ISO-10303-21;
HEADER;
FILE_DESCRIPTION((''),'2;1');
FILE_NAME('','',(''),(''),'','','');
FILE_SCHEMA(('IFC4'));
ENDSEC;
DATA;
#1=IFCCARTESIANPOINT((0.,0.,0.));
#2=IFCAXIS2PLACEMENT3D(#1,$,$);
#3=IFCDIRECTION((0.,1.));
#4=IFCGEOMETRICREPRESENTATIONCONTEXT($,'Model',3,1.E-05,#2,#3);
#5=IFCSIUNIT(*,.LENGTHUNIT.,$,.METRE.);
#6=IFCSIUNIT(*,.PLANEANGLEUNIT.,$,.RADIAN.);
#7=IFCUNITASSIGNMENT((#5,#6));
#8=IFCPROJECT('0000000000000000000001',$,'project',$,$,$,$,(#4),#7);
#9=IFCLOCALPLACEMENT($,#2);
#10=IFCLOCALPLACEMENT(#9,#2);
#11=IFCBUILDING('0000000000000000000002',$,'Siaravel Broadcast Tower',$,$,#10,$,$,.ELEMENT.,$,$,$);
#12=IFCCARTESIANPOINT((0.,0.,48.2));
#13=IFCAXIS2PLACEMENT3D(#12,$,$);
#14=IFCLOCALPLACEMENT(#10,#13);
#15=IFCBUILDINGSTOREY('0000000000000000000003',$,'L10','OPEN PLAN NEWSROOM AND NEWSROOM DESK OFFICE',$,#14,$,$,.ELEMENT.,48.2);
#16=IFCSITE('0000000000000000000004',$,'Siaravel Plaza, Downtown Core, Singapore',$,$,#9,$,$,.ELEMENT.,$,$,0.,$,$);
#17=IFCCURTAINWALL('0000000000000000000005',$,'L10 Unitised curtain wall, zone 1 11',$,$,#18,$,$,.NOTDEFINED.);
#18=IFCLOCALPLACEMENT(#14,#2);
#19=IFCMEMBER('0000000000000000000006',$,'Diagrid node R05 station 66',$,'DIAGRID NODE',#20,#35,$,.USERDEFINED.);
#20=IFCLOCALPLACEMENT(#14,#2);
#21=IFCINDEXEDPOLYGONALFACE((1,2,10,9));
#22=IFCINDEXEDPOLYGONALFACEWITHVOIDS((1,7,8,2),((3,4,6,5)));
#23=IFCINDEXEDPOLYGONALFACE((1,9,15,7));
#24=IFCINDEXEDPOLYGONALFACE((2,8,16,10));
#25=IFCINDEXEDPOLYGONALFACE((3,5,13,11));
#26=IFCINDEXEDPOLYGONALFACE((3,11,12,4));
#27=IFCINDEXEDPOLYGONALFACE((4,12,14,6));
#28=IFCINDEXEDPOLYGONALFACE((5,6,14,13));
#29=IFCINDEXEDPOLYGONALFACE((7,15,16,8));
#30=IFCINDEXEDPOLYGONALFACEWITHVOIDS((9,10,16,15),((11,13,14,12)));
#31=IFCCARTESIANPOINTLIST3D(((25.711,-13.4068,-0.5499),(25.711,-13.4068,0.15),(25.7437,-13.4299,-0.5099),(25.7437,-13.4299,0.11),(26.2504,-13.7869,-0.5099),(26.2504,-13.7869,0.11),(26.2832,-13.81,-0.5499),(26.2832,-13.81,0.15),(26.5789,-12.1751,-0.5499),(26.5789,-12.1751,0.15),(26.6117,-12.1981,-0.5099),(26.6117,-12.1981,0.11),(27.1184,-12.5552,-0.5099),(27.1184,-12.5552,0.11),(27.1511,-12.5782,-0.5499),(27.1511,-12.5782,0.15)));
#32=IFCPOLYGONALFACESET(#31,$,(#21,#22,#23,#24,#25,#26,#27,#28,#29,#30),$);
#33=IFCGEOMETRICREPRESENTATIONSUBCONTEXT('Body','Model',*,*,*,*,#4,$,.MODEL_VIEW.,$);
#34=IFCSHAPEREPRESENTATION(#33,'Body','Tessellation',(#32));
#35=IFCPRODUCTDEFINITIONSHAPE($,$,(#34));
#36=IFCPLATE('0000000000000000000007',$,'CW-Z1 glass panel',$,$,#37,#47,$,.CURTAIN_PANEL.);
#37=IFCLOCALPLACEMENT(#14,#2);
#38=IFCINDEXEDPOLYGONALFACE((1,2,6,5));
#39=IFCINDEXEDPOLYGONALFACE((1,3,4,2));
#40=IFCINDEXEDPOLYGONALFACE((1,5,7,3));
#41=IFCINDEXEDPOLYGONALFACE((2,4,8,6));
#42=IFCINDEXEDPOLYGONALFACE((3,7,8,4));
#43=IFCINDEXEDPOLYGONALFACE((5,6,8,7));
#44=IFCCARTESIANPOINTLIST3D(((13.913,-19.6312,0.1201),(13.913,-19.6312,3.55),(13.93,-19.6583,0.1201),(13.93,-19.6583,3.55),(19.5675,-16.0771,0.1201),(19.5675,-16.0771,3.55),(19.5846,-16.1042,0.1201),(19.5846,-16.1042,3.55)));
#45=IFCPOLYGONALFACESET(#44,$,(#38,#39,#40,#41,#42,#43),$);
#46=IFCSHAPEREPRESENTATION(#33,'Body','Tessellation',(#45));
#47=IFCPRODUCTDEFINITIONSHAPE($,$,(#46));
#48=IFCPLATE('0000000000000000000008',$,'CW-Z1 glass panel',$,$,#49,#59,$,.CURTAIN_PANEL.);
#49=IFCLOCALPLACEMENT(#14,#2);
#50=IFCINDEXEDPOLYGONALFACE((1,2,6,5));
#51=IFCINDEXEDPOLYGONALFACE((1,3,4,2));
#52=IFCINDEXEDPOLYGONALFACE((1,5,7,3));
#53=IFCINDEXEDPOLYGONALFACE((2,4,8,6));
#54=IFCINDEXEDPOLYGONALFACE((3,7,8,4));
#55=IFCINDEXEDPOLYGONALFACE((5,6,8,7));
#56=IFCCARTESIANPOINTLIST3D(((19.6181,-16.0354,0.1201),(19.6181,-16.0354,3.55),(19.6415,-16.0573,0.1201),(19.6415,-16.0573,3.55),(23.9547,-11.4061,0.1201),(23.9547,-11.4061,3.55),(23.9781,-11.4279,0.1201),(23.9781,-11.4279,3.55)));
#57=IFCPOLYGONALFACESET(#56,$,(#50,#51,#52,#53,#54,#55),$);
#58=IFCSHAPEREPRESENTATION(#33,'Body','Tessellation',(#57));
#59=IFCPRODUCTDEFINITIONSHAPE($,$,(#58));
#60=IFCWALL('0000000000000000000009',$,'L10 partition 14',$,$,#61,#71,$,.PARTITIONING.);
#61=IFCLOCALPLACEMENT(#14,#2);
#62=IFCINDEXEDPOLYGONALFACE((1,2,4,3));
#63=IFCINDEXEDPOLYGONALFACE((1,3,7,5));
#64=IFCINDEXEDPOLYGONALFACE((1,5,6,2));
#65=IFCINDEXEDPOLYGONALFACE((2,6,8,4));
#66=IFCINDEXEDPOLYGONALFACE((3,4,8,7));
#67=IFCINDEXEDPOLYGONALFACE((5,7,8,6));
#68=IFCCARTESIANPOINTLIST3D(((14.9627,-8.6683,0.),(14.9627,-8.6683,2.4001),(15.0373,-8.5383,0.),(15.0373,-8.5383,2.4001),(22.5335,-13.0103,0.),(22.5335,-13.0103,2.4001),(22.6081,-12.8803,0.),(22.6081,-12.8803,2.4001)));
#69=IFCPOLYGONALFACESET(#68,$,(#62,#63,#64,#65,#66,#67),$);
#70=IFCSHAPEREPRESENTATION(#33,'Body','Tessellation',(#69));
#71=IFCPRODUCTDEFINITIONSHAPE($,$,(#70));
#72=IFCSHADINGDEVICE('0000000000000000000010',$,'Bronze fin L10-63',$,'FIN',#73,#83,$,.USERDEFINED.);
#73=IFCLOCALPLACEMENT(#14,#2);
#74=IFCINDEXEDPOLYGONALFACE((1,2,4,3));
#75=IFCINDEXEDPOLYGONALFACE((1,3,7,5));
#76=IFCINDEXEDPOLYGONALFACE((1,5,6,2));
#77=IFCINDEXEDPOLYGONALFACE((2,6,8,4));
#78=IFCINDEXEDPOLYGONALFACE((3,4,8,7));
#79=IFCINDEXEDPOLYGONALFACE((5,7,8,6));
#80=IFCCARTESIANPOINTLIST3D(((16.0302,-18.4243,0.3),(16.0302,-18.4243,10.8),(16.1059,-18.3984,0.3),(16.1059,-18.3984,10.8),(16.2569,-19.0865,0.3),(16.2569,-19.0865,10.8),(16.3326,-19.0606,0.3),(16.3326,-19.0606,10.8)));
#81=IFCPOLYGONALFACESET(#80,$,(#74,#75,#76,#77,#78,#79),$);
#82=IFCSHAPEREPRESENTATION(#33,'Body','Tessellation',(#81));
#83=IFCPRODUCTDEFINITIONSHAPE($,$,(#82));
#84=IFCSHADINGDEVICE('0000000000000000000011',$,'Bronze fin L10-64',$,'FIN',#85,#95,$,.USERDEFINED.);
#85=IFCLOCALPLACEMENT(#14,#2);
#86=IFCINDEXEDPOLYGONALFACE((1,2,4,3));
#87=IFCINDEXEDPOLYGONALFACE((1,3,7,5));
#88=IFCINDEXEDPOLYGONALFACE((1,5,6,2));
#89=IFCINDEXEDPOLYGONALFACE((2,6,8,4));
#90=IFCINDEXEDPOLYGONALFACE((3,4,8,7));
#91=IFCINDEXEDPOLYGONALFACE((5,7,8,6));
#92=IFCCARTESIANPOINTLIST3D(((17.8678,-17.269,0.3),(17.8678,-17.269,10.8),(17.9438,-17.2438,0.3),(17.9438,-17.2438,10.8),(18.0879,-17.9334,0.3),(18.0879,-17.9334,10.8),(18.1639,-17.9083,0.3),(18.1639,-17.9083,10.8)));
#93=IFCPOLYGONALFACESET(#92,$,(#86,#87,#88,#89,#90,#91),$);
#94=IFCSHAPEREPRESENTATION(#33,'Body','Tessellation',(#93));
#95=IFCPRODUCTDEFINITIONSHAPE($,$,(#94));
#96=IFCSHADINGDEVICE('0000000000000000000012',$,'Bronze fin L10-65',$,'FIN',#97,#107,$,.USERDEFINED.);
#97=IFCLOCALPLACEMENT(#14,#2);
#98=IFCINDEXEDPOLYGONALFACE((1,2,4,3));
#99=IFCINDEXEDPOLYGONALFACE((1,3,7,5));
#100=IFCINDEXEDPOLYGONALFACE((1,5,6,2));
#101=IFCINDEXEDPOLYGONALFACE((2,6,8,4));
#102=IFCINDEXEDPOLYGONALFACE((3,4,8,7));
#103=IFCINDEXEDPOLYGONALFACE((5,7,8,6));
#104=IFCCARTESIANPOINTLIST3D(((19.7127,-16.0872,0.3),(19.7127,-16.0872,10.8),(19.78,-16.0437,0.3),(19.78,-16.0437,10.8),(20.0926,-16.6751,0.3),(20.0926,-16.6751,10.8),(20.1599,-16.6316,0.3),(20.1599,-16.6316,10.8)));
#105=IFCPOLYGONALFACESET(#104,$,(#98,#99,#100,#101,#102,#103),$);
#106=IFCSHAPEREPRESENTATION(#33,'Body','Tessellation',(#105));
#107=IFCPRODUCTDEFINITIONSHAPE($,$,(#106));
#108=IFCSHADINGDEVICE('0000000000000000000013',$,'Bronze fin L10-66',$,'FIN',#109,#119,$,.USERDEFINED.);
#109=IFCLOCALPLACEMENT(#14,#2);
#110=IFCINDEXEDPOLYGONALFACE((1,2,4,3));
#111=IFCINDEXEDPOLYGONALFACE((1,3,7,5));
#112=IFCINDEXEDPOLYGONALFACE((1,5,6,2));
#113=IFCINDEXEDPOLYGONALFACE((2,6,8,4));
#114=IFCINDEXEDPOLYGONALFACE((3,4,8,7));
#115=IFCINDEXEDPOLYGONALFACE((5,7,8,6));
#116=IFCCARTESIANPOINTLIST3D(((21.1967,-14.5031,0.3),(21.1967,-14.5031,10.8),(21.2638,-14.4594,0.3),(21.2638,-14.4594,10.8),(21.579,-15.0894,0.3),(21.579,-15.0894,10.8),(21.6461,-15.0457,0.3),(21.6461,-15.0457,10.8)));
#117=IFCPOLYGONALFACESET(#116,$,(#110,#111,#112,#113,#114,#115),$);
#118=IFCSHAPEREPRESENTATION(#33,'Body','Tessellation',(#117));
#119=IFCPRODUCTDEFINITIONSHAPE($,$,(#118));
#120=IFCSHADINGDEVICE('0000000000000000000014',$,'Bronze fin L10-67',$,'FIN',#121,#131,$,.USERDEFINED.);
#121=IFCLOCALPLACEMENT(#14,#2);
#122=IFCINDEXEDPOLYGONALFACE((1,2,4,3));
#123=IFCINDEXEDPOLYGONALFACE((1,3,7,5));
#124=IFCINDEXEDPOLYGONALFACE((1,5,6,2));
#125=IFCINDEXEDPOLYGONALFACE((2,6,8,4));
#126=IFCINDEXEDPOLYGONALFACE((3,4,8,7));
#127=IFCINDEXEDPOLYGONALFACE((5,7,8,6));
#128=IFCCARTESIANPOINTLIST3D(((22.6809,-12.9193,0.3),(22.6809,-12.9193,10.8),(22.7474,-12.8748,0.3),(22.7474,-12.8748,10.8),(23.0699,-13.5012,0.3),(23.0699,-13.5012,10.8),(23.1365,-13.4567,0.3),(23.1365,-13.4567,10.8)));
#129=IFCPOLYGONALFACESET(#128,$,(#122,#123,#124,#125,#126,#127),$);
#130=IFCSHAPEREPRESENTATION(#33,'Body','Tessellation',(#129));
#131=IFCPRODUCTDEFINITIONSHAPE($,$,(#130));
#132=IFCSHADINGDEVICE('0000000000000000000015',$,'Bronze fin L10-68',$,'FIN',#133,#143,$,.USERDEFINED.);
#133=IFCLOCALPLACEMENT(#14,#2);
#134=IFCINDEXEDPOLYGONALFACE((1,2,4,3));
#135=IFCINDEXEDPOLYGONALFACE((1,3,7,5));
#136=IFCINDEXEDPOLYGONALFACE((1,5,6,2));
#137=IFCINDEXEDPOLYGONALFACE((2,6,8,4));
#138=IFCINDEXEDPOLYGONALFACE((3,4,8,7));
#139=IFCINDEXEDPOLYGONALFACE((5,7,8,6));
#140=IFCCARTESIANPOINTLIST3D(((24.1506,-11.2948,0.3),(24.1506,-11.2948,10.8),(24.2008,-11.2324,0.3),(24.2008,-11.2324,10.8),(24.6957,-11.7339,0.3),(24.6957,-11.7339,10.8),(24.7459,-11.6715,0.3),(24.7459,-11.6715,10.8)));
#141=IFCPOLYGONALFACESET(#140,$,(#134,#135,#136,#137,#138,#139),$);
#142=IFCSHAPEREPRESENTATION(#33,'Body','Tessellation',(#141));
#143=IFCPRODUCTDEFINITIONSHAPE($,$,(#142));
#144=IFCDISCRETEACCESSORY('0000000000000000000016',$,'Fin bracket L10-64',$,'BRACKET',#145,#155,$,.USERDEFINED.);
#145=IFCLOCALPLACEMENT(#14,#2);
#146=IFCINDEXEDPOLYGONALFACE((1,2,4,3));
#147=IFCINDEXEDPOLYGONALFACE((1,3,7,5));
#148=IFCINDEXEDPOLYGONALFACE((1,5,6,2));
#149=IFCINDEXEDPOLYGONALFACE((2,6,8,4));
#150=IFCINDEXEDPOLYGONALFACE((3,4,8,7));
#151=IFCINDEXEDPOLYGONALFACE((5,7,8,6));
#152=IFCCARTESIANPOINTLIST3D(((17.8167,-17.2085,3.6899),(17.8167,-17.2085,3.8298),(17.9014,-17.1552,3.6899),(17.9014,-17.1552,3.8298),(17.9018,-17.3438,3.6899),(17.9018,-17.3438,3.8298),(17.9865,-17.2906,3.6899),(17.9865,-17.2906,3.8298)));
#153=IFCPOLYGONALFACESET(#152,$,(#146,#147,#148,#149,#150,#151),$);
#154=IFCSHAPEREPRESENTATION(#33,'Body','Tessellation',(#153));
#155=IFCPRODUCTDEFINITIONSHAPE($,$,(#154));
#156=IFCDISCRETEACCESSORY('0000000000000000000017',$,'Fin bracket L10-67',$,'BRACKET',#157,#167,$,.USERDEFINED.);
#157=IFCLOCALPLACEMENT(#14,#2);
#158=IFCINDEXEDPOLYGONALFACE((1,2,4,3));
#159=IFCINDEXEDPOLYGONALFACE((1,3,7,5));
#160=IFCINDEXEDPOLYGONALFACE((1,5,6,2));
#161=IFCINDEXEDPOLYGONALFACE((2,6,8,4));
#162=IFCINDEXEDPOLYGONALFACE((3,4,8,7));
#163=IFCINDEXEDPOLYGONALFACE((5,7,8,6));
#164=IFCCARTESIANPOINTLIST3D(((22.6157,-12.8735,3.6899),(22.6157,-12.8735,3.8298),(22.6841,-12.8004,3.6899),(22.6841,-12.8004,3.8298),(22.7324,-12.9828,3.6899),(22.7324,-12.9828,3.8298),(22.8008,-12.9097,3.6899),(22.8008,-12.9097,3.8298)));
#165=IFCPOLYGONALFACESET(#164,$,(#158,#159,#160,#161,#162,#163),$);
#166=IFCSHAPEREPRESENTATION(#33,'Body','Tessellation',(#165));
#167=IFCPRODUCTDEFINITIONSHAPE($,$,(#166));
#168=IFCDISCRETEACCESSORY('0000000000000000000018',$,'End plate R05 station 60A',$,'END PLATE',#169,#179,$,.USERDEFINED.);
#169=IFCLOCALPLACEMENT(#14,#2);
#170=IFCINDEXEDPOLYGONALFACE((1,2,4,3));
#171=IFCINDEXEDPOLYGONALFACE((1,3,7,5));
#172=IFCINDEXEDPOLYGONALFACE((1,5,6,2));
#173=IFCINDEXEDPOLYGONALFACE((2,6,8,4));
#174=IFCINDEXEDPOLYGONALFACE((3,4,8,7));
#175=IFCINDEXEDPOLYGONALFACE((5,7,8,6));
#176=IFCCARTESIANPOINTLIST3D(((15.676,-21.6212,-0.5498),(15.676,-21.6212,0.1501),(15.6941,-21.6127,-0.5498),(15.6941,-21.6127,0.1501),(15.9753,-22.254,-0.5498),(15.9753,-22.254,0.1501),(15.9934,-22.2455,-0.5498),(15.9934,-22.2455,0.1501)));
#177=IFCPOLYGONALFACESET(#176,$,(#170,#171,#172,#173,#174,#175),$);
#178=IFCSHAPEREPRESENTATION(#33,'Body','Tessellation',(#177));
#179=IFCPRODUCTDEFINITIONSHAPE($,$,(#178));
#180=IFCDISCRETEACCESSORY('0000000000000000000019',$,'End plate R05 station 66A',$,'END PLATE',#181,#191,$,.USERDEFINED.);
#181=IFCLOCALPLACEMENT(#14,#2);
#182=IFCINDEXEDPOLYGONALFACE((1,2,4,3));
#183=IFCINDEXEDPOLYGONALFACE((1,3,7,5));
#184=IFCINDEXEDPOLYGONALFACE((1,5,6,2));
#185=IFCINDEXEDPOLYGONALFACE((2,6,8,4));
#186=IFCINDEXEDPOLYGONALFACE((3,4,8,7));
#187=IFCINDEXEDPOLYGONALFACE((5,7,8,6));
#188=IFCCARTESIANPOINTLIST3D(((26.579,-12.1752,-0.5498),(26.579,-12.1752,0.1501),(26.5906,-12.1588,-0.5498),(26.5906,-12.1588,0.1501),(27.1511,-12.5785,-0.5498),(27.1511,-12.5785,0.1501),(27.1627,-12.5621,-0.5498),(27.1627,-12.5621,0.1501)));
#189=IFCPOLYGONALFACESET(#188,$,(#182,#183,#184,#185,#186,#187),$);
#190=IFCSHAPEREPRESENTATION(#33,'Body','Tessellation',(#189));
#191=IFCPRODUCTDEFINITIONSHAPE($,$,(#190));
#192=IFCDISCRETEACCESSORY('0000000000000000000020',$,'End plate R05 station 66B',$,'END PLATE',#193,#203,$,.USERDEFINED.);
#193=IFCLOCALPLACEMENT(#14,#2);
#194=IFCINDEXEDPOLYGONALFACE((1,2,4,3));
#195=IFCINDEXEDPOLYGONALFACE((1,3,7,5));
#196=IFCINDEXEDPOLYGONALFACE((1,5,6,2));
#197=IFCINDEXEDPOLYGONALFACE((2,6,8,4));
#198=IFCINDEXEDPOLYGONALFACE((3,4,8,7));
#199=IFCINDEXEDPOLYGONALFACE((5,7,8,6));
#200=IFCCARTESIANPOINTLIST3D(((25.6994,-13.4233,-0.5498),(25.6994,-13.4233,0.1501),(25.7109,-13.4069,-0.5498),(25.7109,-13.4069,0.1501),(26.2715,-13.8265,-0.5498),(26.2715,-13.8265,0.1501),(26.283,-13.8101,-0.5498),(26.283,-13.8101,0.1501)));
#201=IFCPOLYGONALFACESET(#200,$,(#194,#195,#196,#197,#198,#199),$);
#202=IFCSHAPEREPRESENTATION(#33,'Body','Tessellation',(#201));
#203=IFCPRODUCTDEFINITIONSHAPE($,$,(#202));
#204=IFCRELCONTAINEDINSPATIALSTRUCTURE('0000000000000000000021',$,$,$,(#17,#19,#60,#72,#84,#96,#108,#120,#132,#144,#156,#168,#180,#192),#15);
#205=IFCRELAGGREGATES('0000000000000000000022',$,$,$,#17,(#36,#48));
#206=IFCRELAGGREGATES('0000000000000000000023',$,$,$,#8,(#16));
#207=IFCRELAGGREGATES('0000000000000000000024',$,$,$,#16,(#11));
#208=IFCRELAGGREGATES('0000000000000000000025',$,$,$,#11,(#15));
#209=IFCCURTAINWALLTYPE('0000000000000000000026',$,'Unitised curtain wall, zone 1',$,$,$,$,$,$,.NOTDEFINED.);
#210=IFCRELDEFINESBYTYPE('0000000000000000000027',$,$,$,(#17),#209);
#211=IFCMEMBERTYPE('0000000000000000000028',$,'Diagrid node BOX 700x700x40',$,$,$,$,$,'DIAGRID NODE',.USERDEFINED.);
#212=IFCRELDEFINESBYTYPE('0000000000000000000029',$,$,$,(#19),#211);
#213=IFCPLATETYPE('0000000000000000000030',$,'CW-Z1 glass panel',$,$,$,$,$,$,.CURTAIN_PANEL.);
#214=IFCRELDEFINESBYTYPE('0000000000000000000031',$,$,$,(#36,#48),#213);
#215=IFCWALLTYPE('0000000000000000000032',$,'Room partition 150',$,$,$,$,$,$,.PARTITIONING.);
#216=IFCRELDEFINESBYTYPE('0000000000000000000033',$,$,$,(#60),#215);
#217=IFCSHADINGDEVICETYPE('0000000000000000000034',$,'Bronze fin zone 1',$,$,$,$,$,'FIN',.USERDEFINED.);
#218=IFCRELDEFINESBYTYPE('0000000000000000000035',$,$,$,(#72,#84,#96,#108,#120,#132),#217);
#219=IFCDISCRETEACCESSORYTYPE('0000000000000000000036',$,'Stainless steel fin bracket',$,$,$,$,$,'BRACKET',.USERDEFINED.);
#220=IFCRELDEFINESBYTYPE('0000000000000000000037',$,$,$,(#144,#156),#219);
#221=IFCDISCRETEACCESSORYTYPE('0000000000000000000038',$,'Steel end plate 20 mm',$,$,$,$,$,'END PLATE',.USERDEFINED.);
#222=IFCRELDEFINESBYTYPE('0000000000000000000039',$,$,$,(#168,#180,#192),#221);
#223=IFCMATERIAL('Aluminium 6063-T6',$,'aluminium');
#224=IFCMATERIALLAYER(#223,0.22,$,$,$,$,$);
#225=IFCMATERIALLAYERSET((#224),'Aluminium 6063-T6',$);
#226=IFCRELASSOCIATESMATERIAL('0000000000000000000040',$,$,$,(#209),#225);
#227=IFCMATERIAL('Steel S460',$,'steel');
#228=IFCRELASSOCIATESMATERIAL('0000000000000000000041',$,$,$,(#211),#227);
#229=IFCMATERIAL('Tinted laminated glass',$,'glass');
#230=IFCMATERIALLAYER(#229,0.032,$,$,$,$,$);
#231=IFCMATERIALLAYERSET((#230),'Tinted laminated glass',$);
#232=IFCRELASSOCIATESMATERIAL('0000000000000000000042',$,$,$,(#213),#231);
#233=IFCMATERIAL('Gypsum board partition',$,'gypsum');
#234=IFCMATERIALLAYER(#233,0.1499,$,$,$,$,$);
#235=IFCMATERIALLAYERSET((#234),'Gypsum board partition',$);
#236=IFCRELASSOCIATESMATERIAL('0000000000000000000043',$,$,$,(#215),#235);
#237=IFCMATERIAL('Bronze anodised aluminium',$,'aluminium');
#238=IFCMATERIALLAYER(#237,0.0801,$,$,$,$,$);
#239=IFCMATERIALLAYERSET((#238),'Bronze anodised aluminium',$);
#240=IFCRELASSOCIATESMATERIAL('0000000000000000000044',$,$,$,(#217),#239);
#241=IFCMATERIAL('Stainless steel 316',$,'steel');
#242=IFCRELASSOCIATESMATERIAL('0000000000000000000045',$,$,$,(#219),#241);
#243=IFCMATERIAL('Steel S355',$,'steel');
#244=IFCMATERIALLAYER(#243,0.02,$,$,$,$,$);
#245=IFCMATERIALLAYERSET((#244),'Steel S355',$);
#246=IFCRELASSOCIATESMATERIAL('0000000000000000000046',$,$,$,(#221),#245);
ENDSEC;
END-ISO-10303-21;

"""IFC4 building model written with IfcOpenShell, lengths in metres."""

from ifc_helpers import new_model, si_unit, direction, frame, frame_2d, origin, origin_2d, place, context, subcontext, project, spatial, rectangle, hollow_rectangle, extrude, material, layer, layer_set, material_profile, profile_set, type_object, element, aggregate, save


model = new_model("IFC4")

# Units and contexts
model_context = context("Model", 3, precision=1e-05, world=origin(), true_north=direction((0.0, 1.0)))
body_context = subcontext(model_context, "Body", "Model", "MODEL_VIEW")
ifc_project = project(units=[si_unit("LENGTHUNIT", "METRE"), si_unit("PLANEANGLEUNIT", "RADIAN")], contexts=[model_context])

# Site, building, storey
site_placement = place(None, origin())
site = spatial("IfcSite", under=ifc_project, at=site_placement, Name="Siaravel Plaza, Downtown Core, Singapore", CompositionType="ELEMENT", RefElevation=0.0)
building_placement = place(site_placement, origin())
building = spatial("IfcBuilding", under=site, at=building_placement, Name="Siaravel Broadcast Tower", CompositionType="ELEMENT")
storey_placement = place(building_placement, frame((0.0, 0.0, 48.2)))
storey = spatial("IfcBuildingStorey", under=building, at=storey_placement, Name="L10", Description="OPEN PLAN NEWSROOM AND NEWSROOM DESK OFFICE", CompositionType="ELEMENT", Elevation=48.2)

# Shared definitions
ifc_material_1 = material(Name="Steel S355", Category="steel")

# Curtain wall
ifc_material_2 = material(Name="Aluminium 6063-T6", Category="aluminium")
ifc_layer_1 = layer(ifc_material_2, 0.22)
ifc_layer_set_1 = layer_set([ifc_layer_1], Name="Aluminium 6063-T6")
curtain_wall_type = type_object("IfcCurtainWallType", Name="Unitised curtain wall, zone 1", PredefinedType="NOTDEFINED", material=ifc_layer_set_1)
curtain_wall_1_placement = place(storey_placement, origin())
curtain_wall_1 = element("IfcCurtainWall", 1, at=curtain_wall_1_placement, inside=storey, type_object=curtain_wall_type, Name="L10 Unitised curtain wall, zone 1 11", PredefinedType="NOTDEFINED")

# Member
ifc_material_3 = material(Name="Steel S460", Category="steel")
ifc_material_profile_1 = material_profile(ifc_material_3, hollow_rectangle(XDim=0.7, YDim=0.7, WallThickness=0.04, at=origin_2d()))
ifc_profile_set_1 = profile_set([ifc_material_profile_1], Name="Steel S460")
member_type_1 = type_object("IfcMemberType", Name="Diagrid node BOX 700x700x40", ElementType="DIAGRID NODE", PredefinedType="USERDEFINED", material=ifc_profile_set_1)
member_1_placement = place(storey_placement, frame((25.9971, -13.6084, -0.2), z_axis=(0.576015, 0.817439, 0.0), x_axis=(-0.817439, 0.576015, 0.0)))
element("IfcMember", 2, at=member_1_placement, inside=storey, type_object=member_type_1, Name="Diagrid node R05 station 66", ObjectType="DIAGRID NODE", PredefinedType="USERDEFINED", context=body_context, shape_type="SweptSolid", body=[
    extrude(hollow_rectangle(XDim=0.7, YDim=0.7, WallThickness=0.04, at=origin_2d()), origin(), (0.0, 0.0, 1.0), 1.5068),
])

# Plates
ifc_material_4 = material(Name="Tinted laminated glass", Category="glass")
ifc_layer_2 = layer(ifc_material_4, 0.032)
ifc_layer_set_2 = layer_set([ifc_layer_2], Name="Tinted laminated glass")
plate_type = type_object("IfcPlateType", Name="CW-Z1 glass panel", PredefinedType="CURTAIN_PANEL", material=ifc_layer_set_2)
plate_1_placement = place(storey_placement, frame((16.7488, -17.8677, 0.1201), z_axis=(0.0, 0.0, 1.0), x_axis=(0.846651, 0.532149, 0.0)))
plate_1 = element("IfcPlate", 3, at=plate_1_placement, type_object=plate_type, Name="CW-Z1 glass panel", PredefinedType="CURTAIN_PANEL", context=body_context, shape_type="SweptSolid", body=[
    extrude(rectangle(XDim=6.6787, YDim=0.032, at=origin_2d()), origin(), (0.0, 0.0, 1.0), 3.4299),
])
plate_2_placement = place(storey_placement, frame((21.7981, -13.7317, 0.1201), z_axis=(0.0, 0.0, 1.0), x_axis=(0.683655, 0.729805, 0.0)))
plate_2 = element("IfcPlate", 4, at=plate_2_placement, type_object=plate_type, Name="CW-Z1 glass panel", PredefinedType="CURTAIN_PANEL", context=body_context, shape_type="SweptSolid", body=[
    extrude(rectangle(XDim=6.3433, YDim=0.032, at=origin_2d()), origin(), (0.0, 0.0, 1.0), 3.4299),
])
aggregate(curtain_wall_1, [plate_1, plate_2])

# Wall
ifc_material_5 = material(Name="Gypsum board partition", Category="gypsum")
ifc_layer_3 = layer(ifc_material_5, 0.1499)
ifc_layer_set_3 = layer_set([ifc_layer_3], Name="Gypsum board partition")
wall_type = type_object("IfcWallType", Name="Room partition 150", PredefinedType="PARTITIONING", material=ifc_layer_set_3)
wall_placement = place(storey_placement, frame((22.5708, -12.9453, 0.0), z_axis=(0.0, 0.0, 1.0), x_axis=(-0.867459, 0.497509, 0.0)))
element("IfcWall", 5, at=wall_placement, inside=storey, type_object=wall_type, Name="L10 partition 14", PredefinedType="PARTITIONING", context=body_context, shape_type="SweptSolid", body=[
    extrude(rectangle(XDim=8.7275, YDim=0.1499, at=frame_2d((4.3638, 0.0))), origin(), (0.0, 0.0, 1.0), 2.4001),
])

# Shading devices
ifc_material_6 = material(Name="Bronze anodised aluminium", Category="aluminium")
ifc_layer_4 = layer(ifc_material_6, 0.0801)
ifc_layer_set_4 = layer_set([ifc_layer_4], Name="Bronze anodised aluminium")
shading_device_type = type_object("IfcShadingDeviceType", Name="Bronze fin zone 1", ElementType="FIN", PredefinedType="USERDEFINED", material=ifc_layer_set_4)
for number, where, z_axis, x_axis, name in (
    (6, (16.1814, -18.7424, 0.3), (0.0, 0.0, 1.0), (0.323896, -0.946093, 0.0), "Bronze fin L10-63"),
    (7, (18.0159, -17.5886, 0.3), (0.0, 0.0, 1.0), (0.314483, -0.949263, 0.0), "Bronze fin L10-64"),
    (8, (19.9363, -16.3594, 0.3), (0.0, 0.0, 1.0), (0.542741, -0.8399, 0.0), "Bronze fin L10-65"),
    (9, (21.4214, -14.7744, 0.3), (0.0, 0.0, 1.0), (0.546168, -0.837676, 0.0), "Bronze fin L10-66"),
    (10, (22.9087, -13.188, 0.3), (0.0, 0.0, 1.0), (0.555856, -0.831279, 0.0), "Bronze fin L10-67"),
    (11, (24.4482, -11.4832, 0.3), (0.0, 0.0, 1.0), (0.778727, -0.627363, 0.0), "Bronze fin L10-68"),
):
    element("IfcShadingDevice", number, at=place(storey_placement, frame(where, z_axis=z_axis, x_axis=x_axis)), inside=storey, type_object=shading_device_type, Name=name, ObjectType="FIN", PredefinedType="USERDEFINED", context=body_context, shape_type="SweptSolid", body=[
        extrude(rectangle(XDim=0.7, YDim=0.0801, at=origin_2d()), origin(), (0.0, 0.0, 1.0), 10.5),
    ])

# Discrete accessories
ifc_material_7 = material(Name="Stainless steel 316", Category="steel")
discrete_accessory_type_1 = type_object("IfcDiscreteAccessoryType", Name="Stainless steel fin bracket", ElementType="BRACKET", PredefinedType="USERDEFINED", material=ifc_material_7)
for number, where, z_axis, x_axis, name in (
    (12, (17.9016, -17.2495, 3.6899), (0.0, 0.0, 1.0), (0.532149, -0.84665, 0.0), "Fin bracket L10-64"),
    (13, (22.7083, -12.8916, 3.6899), (0.0, 0.0, 1.0), (0.729806, -0.683655, 0.0), "Fin bracket L10-67"),
):
    element("IfcDiscreteAccessory", number, at=place(storey_placement, frame(where, z_axis=z_axis, x_axis=x_axis)), inside=storey, type_object=discrete_accessory_type_1, Name=name, ObjectType="BRACKET", PredefinedType="USERDEFINED", context=body_context, shape_type="SweptSolid", body=[
        extrude(rectangle(XDim=0.1599, YDim=0.1001, at=origin_2d()), origin(), (0.0, 0.0, 1.0), 0.1399),
    ])
ifc_layer_5 = layer(ifc_material_1, 0.02)
ifc_layer_set_5 = layer_set([ifc_layer_5], Name="Steel S355")
discrete_accessory_type_2 = type_object("IfcDiscreteAccessoryType", Name="Steel end plate 20 mm", ElementType="END PLATE", PredefinedType="USERDEFINED", material=ifc_layer_set_5)
for number, where, z_axis, x_axis, name in (
    (14, (15.8347, -21.9333, -0.5498), (0.0, 0.0, 1.0), (0.904006, 0.427519, 0.0), "End plate R05 station 60A"),
    (15, (26.8708, -12.3687, -0.5498), (0.0, 0.0, 1.0), (0.576119, 0.817366, 0.0), "End plate R05 station 66A"),
    (16, (25.9912, -13.6167, -0.5498), (0.0, 0.0, 1.0), (0.576119, 0.817366, 0.0), "End plate R05 station 66B"),
):
    element("IfcDiscreteAccessory", number, at=place(storey_placement, frame(where, z_axis=z_axis, x_axis=x_axis)), inside=storey, type_object=discrete_accessory_type_2, Name=name, ObjectType="END PLATE", PredefinedType="USERDEFINED", context=body_context, shape_type="SweptSolid", body=[
        extrude(rectangle(XDim=0.02, YDim=0.7, at=origin_2d()), origin(), (0.0, 0.0, 1.0), 0.7),
    ])

save(model, "model.ifc")
